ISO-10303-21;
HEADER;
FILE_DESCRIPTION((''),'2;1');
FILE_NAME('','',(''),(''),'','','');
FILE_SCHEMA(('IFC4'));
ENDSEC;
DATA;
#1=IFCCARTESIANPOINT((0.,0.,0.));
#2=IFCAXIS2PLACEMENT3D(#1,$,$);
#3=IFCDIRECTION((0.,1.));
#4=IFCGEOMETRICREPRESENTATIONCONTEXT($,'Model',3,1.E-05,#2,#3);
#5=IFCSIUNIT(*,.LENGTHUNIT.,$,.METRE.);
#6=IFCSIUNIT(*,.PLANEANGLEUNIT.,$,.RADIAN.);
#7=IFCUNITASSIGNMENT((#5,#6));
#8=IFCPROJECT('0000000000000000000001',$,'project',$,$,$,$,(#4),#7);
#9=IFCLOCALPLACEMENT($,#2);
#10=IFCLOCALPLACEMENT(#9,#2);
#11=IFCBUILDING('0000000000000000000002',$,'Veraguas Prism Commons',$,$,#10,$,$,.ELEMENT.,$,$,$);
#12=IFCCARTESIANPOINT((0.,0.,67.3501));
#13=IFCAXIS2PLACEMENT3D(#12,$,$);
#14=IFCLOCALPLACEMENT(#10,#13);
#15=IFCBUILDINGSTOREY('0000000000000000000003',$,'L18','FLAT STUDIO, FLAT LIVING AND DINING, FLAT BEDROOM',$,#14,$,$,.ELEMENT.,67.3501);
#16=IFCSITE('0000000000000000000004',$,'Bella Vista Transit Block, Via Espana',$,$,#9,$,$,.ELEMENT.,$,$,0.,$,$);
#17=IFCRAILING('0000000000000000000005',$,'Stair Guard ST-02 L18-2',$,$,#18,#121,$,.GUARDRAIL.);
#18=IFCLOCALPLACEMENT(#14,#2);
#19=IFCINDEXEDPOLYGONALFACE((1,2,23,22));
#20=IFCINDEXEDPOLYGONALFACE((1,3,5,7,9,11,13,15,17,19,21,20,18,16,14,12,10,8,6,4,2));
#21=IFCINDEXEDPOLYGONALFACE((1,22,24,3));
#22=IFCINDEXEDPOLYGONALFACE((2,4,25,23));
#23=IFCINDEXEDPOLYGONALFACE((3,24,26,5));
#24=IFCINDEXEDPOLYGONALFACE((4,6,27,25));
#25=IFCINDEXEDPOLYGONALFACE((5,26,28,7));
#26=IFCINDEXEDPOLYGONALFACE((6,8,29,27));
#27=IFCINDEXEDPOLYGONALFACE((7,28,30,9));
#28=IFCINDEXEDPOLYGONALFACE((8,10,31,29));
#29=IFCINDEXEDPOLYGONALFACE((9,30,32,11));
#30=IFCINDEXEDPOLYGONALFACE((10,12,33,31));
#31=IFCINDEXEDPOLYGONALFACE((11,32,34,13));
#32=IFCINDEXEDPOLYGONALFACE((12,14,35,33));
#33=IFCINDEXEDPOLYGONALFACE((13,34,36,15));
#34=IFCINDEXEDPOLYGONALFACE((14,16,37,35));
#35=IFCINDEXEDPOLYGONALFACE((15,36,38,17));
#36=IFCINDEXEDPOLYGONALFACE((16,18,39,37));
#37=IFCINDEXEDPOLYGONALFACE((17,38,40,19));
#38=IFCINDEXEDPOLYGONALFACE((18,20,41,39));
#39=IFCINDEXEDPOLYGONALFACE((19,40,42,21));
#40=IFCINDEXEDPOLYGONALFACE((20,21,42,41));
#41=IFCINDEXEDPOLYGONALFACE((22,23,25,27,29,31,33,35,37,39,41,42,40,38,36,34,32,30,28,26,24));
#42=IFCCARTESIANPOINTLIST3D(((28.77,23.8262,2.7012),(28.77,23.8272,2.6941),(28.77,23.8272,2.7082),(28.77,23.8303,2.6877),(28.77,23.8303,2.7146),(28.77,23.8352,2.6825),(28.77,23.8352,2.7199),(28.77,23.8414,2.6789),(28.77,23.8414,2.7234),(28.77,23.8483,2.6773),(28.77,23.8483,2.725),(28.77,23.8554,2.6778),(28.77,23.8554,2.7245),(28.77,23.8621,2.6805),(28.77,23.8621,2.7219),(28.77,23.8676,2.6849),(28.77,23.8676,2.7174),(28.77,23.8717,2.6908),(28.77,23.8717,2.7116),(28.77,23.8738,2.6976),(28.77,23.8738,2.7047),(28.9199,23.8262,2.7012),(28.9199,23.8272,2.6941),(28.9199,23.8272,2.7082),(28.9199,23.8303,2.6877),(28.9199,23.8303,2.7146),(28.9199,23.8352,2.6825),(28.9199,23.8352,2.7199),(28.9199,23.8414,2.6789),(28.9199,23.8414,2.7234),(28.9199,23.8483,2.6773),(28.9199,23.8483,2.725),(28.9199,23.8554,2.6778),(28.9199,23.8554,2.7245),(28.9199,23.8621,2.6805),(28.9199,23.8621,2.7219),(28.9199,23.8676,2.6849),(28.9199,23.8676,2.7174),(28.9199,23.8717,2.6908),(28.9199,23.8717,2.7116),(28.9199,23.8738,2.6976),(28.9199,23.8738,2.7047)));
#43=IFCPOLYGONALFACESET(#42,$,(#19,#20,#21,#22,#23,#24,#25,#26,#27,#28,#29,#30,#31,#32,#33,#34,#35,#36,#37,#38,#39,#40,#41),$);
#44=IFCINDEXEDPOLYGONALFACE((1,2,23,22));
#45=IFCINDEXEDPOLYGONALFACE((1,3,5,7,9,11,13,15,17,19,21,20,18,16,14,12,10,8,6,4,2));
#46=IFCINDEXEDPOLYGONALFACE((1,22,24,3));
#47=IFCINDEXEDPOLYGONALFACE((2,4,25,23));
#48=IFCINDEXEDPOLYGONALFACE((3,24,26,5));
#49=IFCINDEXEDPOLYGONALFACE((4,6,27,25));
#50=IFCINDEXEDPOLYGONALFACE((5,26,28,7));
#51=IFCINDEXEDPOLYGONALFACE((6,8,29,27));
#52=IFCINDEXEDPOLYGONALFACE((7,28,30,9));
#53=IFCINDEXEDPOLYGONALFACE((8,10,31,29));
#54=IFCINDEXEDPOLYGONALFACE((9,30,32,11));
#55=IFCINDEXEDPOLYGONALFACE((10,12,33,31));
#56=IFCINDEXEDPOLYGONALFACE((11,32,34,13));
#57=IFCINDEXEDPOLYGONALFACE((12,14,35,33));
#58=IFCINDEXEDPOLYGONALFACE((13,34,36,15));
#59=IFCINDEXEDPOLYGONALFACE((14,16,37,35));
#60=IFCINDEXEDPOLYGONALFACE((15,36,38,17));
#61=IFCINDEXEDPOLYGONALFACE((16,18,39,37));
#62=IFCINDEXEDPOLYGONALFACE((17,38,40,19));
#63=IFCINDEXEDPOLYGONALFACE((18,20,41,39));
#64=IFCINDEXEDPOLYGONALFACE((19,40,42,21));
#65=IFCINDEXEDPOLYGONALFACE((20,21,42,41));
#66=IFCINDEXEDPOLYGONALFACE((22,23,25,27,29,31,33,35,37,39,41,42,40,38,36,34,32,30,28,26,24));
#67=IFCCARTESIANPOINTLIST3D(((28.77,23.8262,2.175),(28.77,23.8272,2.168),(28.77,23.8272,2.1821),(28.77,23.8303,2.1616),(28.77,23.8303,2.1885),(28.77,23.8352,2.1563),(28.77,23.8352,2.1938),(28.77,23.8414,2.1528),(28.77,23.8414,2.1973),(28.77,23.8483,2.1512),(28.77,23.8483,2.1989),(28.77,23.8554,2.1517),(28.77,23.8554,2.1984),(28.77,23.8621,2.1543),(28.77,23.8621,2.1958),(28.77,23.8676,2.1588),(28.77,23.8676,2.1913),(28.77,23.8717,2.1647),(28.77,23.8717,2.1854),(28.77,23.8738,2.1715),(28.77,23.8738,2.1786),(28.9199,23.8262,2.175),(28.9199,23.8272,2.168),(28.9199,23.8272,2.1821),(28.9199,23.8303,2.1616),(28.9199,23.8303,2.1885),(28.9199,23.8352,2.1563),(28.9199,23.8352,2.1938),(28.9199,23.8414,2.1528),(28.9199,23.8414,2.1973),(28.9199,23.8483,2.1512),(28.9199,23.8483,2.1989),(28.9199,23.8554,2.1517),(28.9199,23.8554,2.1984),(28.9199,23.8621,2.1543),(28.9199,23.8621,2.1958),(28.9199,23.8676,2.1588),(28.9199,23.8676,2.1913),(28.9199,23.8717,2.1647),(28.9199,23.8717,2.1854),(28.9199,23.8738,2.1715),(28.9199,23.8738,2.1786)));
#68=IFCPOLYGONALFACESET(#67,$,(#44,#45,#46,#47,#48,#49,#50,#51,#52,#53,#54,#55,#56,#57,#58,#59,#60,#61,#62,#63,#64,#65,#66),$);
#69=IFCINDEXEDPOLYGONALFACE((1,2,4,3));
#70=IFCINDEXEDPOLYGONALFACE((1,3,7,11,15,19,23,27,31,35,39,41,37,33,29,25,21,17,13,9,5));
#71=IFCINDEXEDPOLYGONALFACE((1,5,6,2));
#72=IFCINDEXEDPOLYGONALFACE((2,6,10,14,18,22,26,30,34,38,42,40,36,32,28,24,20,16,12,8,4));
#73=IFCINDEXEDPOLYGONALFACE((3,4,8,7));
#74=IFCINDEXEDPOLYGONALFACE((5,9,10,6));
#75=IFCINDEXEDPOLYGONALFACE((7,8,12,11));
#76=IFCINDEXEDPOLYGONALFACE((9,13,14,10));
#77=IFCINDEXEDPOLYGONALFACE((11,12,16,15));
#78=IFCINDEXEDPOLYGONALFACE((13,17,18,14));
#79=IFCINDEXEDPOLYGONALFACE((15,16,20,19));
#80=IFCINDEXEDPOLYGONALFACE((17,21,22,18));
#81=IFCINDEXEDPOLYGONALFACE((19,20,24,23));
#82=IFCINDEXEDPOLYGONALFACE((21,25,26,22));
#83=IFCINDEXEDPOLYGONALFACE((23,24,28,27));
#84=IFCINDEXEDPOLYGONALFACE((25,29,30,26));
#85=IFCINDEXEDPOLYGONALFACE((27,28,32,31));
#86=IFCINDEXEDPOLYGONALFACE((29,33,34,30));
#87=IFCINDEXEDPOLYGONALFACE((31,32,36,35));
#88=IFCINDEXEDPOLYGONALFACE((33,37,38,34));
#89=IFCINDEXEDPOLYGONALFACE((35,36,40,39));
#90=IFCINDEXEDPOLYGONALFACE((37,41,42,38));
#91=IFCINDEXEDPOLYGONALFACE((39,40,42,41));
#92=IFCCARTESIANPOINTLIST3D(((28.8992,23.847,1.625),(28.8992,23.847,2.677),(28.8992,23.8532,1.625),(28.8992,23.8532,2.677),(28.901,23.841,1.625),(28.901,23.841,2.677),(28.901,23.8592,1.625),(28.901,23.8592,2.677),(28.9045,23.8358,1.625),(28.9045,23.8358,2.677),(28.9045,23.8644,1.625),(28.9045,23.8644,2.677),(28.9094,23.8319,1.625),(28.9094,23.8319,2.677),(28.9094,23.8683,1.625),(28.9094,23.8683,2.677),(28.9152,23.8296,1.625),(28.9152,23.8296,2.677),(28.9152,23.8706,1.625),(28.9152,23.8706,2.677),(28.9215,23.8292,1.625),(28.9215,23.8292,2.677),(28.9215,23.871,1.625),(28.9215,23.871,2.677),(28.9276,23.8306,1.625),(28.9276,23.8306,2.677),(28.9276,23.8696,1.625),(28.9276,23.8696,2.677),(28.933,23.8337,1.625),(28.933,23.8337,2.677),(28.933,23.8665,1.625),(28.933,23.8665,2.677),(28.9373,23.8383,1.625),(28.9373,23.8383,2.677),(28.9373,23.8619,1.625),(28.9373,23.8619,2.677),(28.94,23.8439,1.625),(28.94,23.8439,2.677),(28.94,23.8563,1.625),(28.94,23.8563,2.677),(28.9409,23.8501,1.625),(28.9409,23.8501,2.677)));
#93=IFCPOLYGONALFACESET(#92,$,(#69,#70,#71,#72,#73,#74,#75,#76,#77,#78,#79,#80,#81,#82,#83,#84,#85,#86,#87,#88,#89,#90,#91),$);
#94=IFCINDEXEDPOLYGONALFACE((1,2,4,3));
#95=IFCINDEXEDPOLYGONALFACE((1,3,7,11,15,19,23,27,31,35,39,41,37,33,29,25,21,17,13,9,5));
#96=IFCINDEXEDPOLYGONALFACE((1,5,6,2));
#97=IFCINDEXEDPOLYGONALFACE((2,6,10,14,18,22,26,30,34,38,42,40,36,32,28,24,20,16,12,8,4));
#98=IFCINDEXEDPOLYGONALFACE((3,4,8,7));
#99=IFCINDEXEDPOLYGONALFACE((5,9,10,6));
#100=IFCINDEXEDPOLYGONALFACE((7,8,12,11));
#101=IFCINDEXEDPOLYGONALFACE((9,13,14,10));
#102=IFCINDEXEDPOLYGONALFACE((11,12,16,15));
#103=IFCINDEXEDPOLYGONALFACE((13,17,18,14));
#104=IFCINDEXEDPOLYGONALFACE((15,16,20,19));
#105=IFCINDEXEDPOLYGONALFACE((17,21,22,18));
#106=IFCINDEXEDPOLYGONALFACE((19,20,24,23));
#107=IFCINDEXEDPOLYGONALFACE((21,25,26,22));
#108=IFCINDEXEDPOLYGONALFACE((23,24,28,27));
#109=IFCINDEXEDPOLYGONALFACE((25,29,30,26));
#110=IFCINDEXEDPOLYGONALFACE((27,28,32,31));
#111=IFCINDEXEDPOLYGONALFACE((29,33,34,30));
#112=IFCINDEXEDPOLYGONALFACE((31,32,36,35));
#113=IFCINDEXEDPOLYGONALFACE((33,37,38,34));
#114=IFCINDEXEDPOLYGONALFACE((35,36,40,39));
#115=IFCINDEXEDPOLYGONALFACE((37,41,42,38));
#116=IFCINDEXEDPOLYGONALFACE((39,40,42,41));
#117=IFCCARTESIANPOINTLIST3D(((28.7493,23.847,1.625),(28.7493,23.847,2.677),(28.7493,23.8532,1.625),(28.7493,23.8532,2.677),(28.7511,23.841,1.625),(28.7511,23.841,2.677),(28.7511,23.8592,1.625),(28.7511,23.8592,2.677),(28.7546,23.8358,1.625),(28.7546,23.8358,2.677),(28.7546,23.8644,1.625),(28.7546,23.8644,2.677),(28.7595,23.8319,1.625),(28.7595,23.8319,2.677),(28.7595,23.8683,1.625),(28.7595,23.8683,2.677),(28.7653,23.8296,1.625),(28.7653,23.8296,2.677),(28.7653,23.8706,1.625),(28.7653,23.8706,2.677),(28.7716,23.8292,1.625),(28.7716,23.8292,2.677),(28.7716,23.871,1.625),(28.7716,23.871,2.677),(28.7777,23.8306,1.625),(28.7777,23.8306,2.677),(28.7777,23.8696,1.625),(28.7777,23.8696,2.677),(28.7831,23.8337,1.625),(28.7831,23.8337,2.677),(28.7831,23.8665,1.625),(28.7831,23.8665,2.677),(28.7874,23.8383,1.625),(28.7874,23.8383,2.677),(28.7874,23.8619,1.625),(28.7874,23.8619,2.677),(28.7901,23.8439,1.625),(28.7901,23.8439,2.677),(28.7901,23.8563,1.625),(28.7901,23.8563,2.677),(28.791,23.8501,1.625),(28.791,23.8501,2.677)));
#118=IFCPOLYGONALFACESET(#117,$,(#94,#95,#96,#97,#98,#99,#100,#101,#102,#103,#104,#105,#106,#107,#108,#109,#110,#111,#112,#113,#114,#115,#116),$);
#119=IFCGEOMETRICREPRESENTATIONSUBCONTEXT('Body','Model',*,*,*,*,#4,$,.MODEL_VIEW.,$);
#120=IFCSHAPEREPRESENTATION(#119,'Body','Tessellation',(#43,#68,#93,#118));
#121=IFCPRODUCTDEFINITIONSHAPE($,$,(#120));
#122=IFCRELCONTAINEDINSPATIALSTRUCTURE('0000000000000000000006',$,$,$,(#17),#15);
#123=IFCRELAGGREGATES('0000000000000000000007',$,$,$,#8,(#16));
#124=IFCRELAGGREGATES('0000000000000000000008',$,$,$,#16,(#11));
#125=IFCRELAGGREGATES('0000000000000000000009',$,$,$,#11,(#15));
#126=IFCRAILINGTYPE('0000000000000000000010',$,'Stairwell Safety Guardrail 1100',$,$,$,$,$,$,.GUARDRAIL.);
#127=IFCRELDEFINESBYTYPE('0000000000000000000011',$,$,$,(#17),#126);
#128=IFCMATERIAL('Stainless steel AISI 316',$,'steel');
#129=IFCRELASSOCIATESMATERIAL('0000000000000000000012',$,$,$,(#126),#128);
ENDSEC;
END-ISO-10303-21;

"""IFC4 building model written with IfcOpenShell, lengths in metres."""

from ifc_helpers import new_model, si_unit, direction, frame, origin, origin_2d, place, context, subcontext, project, spatial, circle, extrude, material, type_object, element, save


model = new_model("IFC4")

# Units and contexts
model_context = context("Model", 3, precision=1e-05, world=origin(), true_north=direction((0.0, 1.0)))
body_context = subcontext(model_context, "Body", "Model", "MODEL_VIEW")
ifc_project = project(units=[si_unit("LENGTHUNIT", "METRE"), si_unit("PLANEANGLEUNIT", "RADIAN")], contexts=[model_context])

# Site, building, storey
site_placement = place(None, origin())
site = spatial("IfcSite", under=ifc_project, at=site_placement, Name="Bella Vista Transit Block, Via Espana", CompositionType="ELEMENT", RefElevation=0.0)
building_placement = place(site_placement, origin())
building = spatial("IfcBuilding", under=site, at=building_placement, Name="Veraguas Prism Commons", CompositionType="ELEMENT")
storey_placement = place(building_placement, frame((0.0, 0.0, 67.3501)))
storey = spatial("IfcBuildingStorey", under=building, at=storey_placement, Name="L18", Description="FLAT STUDIO, FLAT LIVING AND DINING, FLAT BEDROOM", CompositionType="ELEMENT", Elevation=67.3501)

# Shared definitions
ifc_material_1 = material(Name="Stainless steel AISI 316", Category="steel")

# Railing
railing_type_1 = type_object("IfcRailingType", Name="Stairwell Safety Guardrail 1100", PredefinedType="GUARDRAIL", material=ifc_material_1)
railing_1_placement = place(storey_placement, frame((28.9199, 23.8501, 1.625)))
element("IfcRailing", 1, at=railing_1_placement, inside=storey, type_object=railing_type_1, Name="Stair Guard ST-02 L18-2", PredefinedType="GUARDRAIL", context=body_context, shape_type="SweptSolid", body=[
    extrude(circle(Radius=0.0239, at=origin_2d()), frame((0.0, 0.0, 1.0762), z_axis=(-1.0, 0.0, 0.0), x_axis=(0.0, -1.0, 0.0)), (0.0, 0.0, 1.0), 0.1499),
    extrude(circle(Radius=0.0239, at=origin_2d()), frame((0.0, 0.0, 0.55), z_axis=(-1.0, 0.0, 0.0), x_axis=(0.0, -1.0, 0.0)), (0.0, 0.0, 1.0), 0.1499),
    extrude(circle(Radius=0.021, at=origin_2d()), origin(), (0.0, 0.0, 1.0), 1.052),
    extrude(circle(Radius=0.021, at=origin_2d()), frame((-0.1499, 0.0, 0.0)), (0.0, 0.0, 1.0), 1.052),
])

save(model, "model.ifc")
